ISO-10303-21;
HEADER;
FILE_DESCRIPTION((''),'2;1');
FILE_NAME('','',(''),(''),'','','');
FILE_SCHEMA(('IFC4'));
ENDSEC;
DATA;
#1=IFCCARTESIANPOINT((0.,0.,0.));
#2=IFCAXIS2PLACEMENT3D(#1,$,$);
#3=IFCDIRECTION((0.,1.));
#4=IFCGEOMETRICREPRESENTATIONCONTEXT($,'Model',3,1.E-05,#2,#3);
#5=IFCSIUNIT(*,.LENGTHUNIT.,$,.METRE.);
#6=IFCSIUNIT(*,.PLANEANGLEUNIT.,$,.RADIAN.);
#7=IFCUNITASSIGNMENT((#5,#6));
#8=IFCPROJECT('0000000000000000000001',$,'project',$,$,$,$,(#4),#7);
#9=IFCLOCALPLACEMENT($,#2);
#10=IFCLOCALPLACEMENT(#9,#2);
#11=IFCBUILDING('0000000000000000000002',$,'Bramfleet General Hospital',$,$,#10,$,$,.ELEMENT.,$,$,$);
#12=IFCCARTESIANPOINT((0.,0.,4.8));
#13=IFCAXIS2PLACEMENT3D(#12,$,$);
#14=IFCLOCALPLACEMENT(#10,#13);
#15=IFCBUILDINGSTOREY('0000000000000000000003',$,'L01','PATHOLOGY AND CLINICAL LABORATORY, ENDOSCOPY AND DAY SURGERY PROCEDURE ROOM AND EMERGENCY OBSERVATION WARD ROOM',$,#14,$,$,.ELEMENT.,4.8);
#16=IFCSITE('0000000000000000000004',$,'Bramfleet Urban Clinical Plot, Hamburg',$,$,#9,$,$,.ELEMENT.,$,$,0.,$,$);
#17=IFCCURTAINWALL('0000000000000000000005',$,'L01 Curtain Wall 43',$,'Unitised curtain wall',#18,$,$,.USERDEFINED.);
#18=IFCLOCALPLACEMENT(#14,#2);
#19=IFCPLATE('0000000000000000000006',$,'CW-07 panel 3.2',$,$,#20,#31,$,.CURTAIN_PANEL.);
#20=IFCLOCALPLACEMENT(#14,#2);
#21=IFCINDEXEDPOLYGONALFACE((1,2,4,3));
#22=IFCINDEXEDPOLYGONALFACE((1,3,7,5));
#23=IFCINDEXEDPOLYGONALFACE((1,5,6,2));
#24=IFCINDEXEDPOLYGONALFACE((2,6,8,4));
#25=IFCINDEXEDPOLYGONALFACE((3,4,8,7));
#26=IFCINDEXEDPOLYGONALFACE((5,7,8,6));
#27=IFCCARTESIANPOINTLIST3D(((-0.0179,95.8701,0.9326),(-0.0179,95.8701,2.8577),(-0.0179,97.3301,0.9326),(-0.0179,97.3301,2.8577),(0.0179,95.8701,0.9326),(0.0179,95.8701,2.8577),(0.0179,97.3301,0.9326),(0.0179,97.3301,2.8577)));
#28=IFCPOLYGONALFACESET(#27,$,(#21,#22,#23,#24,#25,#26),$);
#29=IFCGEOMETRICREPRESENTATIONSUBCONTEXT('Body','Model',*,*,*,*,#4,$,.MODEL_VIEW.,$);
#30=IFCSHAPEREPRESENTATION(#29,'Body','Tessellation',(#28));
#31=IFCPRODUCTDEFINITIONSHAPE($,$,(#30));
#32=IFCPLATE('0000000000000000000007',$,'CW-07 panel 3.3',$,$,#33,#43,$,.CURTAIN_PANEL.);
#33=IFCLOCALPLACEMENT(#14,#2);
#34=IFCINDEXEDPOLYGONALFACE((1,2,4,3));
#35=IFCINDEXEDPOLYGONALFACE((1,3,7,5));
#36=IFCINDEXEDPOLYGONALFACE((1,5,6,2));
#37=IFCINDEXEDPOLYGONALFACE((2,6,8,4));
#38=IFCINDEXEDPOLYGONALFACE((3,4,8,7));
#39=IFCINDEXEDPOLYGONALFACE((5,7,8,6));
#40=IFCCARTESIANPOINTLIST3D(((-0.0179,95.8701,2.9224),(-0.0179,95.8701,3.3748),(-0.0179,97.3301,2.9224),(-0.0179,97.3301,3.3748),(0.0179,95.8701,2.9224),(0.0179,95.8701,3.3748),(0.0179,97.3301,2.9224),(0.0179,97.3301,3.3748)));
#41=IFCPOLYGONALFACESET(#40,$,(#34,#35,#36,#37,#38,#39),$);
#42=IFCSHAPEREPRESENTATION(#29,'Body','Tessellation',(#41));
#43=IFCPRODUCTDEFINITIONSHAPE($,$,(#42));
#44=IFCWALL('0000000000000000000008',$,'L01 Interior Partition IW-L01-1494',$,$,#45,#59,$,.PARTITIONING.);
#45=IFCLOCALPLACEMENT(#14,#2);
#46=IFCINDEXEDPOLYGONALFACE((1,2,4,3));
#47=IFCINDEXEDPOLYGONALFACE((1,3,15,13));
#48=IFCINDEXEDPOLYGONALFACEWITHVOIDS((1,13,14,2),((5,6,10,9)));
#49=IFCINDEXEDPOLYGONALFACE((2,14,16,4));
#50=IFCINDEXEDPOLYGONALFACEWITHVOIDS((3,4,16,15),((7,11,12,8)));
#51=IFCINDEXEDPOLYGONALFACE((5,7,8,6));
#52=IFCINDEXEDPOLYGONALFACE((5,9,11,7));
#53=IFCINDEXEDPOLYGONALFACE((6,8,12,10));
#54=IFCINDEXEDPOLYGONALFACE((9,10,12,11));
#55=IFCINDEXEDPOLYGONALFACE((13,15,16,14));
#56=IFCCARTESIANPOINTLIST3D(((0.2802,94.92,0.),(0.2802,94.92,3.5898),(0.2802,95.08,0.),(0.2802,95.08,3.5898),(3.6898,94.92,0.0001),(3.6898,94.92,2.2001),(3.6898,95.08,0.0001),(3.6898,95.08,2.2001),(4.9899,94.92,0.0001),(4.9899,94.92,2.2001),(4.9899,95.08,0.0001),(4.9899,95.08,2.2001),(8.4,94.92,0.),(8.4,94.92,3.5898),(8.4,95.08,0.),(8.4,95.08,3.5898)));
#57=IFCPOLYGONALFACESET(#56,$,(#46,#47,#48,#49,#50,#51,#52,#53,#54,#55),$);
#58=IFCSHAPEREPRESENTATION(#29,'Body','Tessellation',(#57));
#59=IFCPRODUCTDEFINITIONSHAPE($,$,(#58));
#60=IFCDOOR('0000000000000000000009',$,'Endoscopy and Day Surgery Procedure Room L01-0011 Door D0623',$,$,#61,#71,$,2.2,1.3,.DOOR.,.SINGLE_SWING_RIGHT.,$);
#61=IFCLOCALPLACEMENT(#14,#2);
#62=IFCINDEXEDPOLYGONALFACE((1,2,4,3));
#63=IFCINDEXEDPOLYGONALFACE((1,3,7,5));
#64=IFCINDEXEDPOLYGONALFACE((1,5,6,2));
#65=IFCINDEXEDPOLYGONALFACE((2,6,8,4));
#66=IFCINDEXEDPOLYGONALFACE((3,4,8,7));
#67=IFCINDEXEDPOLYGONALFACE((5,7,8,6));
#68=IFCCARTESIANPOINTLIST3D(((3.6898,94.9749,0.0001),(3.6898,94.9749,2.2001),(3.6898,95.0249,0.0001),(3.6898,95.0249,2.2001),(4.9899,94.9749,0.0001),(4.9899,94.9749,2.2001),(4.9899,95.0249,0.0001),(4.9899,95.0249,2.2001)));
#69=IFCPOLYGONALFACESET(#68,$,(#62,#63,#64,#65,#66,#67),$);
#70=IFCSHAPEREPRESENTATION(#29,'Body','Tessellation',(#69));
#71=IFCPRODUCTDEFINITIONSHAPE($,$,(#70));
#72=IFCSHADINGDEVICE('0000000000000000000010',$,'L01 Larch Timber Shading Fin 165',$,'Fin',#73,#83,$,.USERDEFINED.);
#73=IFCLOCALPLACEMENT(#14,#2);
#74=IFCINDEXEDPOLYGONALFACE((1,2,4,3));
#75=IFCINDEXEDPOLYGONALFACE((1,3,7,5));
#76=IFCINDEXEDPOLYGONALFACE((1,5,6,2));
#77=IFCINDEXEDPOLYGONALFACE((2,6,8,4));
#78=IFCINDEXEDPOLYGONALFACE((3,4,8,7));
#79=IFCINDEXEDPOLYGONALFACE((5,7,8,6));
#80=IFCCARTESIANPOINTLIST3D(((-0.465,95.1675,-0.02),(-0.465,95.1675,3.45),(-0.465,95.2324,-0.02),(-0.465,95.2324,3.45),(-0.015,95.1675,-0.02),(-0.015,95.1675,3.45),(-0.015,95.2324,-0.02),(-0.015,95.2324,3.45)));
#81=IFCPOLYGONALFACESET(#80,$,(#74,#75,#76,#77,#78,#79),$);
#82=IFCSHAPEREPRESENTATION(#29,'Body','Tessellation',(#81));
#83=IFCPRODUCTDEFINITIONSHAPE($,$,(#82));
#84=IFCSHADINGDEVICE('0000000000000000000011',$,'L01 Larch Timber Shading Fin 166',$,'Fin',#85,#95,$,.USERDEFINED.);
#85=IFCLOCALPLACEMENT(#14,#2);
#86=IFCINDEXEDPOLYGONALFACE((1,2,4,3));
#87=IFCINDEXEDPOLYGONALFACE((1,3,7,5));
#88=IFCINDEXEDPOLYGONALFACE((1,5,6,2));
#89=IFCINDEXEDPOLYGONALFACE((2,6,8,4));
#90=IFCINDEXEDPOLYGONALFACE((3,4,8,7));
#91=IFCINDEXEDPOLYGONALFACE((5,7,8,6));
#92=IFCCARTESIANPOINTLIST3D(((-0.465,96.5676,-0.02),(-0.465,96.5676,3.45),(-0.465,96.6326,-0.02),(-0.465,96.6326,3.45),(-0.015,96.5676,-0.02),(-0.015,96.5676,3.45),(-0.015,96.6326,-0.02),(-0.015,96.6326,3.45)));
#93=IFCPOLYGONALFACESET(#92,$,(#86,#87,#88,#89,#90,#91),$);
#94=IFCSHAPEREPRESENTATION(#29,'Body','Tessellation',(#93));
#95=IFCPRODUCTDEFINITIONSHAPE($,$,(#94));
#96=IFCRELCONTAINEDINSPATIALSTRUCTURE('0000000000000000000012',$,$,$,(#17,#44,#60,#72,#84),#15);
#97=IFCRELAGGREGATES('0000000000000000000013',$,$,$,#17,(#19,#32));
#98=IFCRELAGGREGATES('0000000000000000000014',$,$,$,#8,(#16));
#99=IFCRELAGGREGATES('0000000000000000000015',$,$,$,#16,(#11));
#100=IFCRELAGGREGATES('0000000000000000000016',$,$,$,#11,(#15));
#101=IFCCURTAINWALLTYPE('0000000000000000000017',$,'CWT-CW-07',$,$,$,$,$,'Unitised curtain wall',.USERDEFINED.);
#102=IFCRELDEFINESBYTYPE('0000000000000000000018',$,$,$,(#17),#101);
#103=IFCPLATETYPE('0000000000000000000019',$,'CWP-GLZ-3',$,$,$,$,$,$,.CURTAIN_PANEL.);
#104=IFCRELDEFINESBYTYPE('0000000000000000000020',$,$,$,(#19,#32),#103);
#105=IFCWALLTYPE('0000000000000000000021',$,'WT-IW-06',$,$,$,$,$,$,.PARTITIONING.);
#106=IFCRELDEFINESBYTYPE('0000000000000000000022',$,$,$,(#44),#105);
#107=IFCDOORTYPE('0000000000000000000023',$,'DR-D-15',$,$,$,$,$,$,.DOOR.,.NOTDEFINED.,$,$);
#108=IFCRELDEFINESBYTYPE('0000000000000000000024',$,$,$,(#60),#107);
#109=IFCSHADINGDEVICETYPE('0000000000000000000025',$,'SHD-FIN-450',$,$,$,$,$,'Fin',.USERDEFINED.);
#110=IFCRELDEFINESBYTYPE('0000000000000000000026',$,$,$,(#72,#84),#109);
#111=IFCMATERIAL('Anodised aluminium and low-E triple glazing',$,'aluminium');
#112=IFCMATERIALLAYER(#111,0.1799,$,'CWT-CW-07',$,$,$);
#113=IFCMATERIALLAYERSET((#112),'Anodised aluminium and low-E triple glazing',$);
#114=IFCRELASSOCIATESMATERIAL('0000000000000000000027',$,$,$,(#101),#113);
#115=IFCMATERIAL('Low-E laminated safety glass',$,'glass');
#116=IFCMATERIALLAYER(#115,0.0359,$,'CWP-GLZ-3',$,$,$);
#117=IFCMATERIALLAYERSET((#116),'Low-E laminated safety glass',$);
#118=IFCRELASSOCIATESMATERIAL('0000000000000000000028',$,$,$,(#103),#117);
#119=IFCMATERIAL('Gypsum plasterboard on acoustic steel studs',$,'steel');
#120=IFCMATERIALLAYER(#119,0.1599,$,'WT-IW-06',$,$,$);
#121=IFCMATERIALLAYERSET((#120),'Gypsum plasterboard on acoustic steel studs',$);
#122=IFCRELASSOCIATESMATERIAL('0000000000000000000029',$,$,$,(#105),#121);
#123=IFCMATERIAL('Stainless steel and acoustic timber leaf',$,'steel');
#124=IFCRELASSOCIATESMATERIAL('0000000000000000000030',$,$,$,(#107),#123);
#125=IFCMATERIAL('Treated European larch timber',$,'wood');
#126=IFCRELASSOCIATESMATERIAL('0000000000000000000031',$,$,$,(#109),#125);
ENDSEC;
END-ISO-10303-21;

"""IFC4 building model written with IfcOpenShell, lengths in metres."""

from ifc_helpers import new_model, si_unit, direction, frame, frame_2d, origin, origin_2d, place, context, subcontext, project, spatial, rectangle, extrude, material, layer, layer_set, material_profile, profile_set, type_object, element, fill, aggregate, save


model = new_model("IFC4")

# Units and contexts
model_context = context("Model", 3, precision=1e-05, world=origin(), true_north=direction((0.0, 1.0)))
body_context = subcontext(model_context, "Body", "Model", "MODEL_VIEW")
ifc_project = project(units=[si_unit("LENGTHUNIT", "METRE"), si_unit("PLANEANGLEUNIT", "RADIAN")], contexts=[model_context])

# Site, building, storey
site_placement = place(None, origin())
site = spatial("IfcSite", under=ifc_project, at=site_placement, Name="Bramfleet Urban Clinical Plot, Hamburg", CompositionType="ELEMENT", RefElevation=0.0)
building_placement = place(site_placement, origin())
building = spatial("IfcBuilding", under=site, at=building_placement, Name="Bramfleet General Hospital", CompositionType="ELEMENT")
storey_placement = place(building_placement, frame((0.0, 0.0, 4.8)))
storey = spatial("IfcBuildingStorey", under=building, at=storey_placement, Name="L01", Description="PATHOLOGY AND CLINICAL LABORATORY, ENDOSCOPY AND DAY SURGERY PROCEDURE ROOM AND EMERGENCY OBSERVATION WARD ROOM", CompositionType="ELEMENT", Elevation=4.8)

# Curtain wall, plates
ifc_material_1 = material(Name="Anodised aluminium and low-E triple glazing", Category="aluminium")
ifc_layer_1 = layer(ifc_material_1, 0.1799, Name="CWT-CW-07")
ifc_layer_set_1 = layer_set([ifc_layer_1], Name="Anodised aluminium and low-E triple glazing")
curtain_wall_type = type_object("IfcCurtainWallType", Name="CWT-CW-07", ElementType="Unitised curtain wall", PredefinedType="USERDEFINED", material=ifc_layer_set_1)
curtain_wall_placement = place(storey_placement, origin())
curtain_wall = element("IfcCurtainWall", 1, at=curtain_wall_placement, inside=storey, type_object=curtain_wall_type, Name="L01 Curtain Wall 43", ObjectType="Unitised curtain wall", PredefinedType="USERDEFINED")
ifc_material_2 = material(Name="Low-E laminated safety glass", Category="glass")
ifc_layer_2 = layer(ifc_material_2, 0.0359, Name="CWP-GLZ-3")
ifc_layer_set_2 = layer_set([ifc_layer_2], Name="Low-E laminated safety glass")
plate_type = type_object("IfcPlateType", Name="CWP-GLZ-3", PredefinedType="CURTAIN_PANEL", material=ifc_layer_set_2)
plate_1_placement = place(storey_placement, frame((0.0, 96.6001, 0.9326), z_axis=(0.0, 0.0, 1.0), x_axis=(0.0, 1.0, 0.0)))
plate_1 = element("IfcPlate", 2, at=plate_1_placement, type_object=plate_type, Name="CW-07 panel 3.2", PredefinedType="CURTAIN_PANEL", context=body_context, shape_type="SweptSolid", body=[
    extrude(rectangle(XDim=1.46, YDim=0.0359, at=origin_2d()), origin(), (0.0, 0.0, 1.0), 1.925),
])
plate_2_placement = place(storey_placement, frame((0.0, 96.6001, 2.9224), z_axis=(0.0, 0.0, 1.0), x_axis=(0.0, 1.0, 0.0)))
plate_2 = element("IfcPlate", 3, at=plate_2_placement, type_object=plate_type, Name="CW-07 panel 3.3", PredefinedType="CURTAIN_PANEL", context=body_context, shape_type="SweptSolid", body=[
    extrude(rectangle(XDim=1.46, YDim=0.0359, at=origin_2d()), origin(), (0.0, 0.0, 1.0), 0.4524),
])
aggregate(curtain_wall, [plate_1, plate_2])

# Wall, opening, door
ifc_material_3 = material(Name="Gypsum plasterboard on acoustic steel studs", Category="steel")
ifc_layer_3 = layer(ifc_material_3, 0.1599, Name="WT-IW-06")
ifc_layer_set_3 = layer_set([ifc_layer_3], Name="Gypsum plasterboard on acoustic steel studs")
wall_type = type_object("IfcWallType", Name="WT-IW-06", PredefinedType="PARTITIONING", material=ifc_layer_set_3)
wall_placement = place(storey_placement, frame((0.28, 95.0, 0.0), z_axis=(0.0, 0.0, 1.0), x_axis=(1.0, 0.0, 0.0)))
wall = element("IfcWall", 4, at=wall_placement, inside=storey, type_object=wall_type, Name="L01 Interior Partition IW-L01-1494", PredefinedType="PARTITIONING", context=body_context, shape_type="SweptSolid", body=[
    extrude(rectangle(XDim=8.1199, YDim=0.1599, at=frame_2d((4.0601, 0.0))), origin(), (0.0, 0.0, 1.0), 3.5898),
])
opening_placement = place(wall_placement, frame((3.4099, 0.0, 0.0)))
opening = element("IfcOpeningElement", 5, at=opening_placement, cuts=wall, PredefinedType="OPENING", context=body_context, shape_type="SweptSolid", body=[
    extrude(rectangle(XDim=1.3, YDim=2.2, at=frame_2d((0.6499, 1.1001))), frame((0.0, 0.0898, 0.0), z_axis=(0.0, -1.0, 0.0), x_axis=(1.0, 0.0, 0.0)), (0.0, 0.0, 1.0), 0.1799),
])
ifc_material_4 = material(Name="Stainless steel and acoustic timber leaf", Category="steel")
door_type = type_object("IfcDoorType", Name="DR-D-15", OperationType="NOTDEFINED", PredefinedType="DOOR", material=ifc_material_4)
door_placement = place(opening_placement, origin())
door = element("IfcDoor", 6, at=door_placement, inside=storey, type_object=door_type, Name="Endoscopy and Day Surgery Procedure Room L01-0011 Door D0623", OperationType="SINGLE_SWING_RIGHT", OverallHeight=2.2, OverallWidth=1.3, PredefinedType="DOOR", context=body_context, shape_type="SweptSolid", body=[
    extrude(rectangle(XDim=1.3, YDim=2.2, at=frame_2d((0.6499, 1.1001))), frame((0.0, 0.0249, 0.0), z_axis=(0.0, -1.0, 0.0), x_axis=(1.0, 0.0, 0.0)), (0.0, 0.0, 1.0), 0.05),
])
fill(opening, door)

# Shading devices
ifc_material_5 = material(Name="Treated European larch timber", Category="wood")
ifc_material_profile_1 = material_profile(ifc_material_5, rectangle(XDim=0.0649, YDim=0.45, at=origin_2d()), Name="LARCH FIN 450x65")
ifc_profile_set_1 = profile_set([ifc_material_profile_1], Name="Treated European larch timber")
shading_device_type = type_object("IfcShadingDeviceType", Name="SHD-FIN-450", ElementType="Fin", PredefinedType="USERDEFINED", material=ifc_profile_set_1)
for number, where, z_axis, x_axis, name in (
    (7, (-0.24, 95.2, -0.02), (0.0, 0.0, 1.0), (0.0, 1.0, 0.0), "L01 Larch Timber Shading Fin 165"),
    (8, (-0.24, 96.6001, -0.02), (0.0, 0.0, 1.0), (0.0, 1.0, 0.0), "L01 Larch Timber Shading Fin 166"),
):
    element("IfcShadingDevice", number, at=place(storey_placement, frame(where, z_axis=z_axis, x_axis=x_axis)), inside=storey, type_object=shading_device_type, Name=name, ObjectType="Fin", PredefinedType="USERDEFINED", context=body_context, shape_type="SweptSolid", body=[
        extrude(rectangle(XDim=0.0649, YDim=0.45, at=origin_2d()), origin(), (0.0, 0.0, 1.0), 3.47),
    ])

save(model, "model.ifc")
